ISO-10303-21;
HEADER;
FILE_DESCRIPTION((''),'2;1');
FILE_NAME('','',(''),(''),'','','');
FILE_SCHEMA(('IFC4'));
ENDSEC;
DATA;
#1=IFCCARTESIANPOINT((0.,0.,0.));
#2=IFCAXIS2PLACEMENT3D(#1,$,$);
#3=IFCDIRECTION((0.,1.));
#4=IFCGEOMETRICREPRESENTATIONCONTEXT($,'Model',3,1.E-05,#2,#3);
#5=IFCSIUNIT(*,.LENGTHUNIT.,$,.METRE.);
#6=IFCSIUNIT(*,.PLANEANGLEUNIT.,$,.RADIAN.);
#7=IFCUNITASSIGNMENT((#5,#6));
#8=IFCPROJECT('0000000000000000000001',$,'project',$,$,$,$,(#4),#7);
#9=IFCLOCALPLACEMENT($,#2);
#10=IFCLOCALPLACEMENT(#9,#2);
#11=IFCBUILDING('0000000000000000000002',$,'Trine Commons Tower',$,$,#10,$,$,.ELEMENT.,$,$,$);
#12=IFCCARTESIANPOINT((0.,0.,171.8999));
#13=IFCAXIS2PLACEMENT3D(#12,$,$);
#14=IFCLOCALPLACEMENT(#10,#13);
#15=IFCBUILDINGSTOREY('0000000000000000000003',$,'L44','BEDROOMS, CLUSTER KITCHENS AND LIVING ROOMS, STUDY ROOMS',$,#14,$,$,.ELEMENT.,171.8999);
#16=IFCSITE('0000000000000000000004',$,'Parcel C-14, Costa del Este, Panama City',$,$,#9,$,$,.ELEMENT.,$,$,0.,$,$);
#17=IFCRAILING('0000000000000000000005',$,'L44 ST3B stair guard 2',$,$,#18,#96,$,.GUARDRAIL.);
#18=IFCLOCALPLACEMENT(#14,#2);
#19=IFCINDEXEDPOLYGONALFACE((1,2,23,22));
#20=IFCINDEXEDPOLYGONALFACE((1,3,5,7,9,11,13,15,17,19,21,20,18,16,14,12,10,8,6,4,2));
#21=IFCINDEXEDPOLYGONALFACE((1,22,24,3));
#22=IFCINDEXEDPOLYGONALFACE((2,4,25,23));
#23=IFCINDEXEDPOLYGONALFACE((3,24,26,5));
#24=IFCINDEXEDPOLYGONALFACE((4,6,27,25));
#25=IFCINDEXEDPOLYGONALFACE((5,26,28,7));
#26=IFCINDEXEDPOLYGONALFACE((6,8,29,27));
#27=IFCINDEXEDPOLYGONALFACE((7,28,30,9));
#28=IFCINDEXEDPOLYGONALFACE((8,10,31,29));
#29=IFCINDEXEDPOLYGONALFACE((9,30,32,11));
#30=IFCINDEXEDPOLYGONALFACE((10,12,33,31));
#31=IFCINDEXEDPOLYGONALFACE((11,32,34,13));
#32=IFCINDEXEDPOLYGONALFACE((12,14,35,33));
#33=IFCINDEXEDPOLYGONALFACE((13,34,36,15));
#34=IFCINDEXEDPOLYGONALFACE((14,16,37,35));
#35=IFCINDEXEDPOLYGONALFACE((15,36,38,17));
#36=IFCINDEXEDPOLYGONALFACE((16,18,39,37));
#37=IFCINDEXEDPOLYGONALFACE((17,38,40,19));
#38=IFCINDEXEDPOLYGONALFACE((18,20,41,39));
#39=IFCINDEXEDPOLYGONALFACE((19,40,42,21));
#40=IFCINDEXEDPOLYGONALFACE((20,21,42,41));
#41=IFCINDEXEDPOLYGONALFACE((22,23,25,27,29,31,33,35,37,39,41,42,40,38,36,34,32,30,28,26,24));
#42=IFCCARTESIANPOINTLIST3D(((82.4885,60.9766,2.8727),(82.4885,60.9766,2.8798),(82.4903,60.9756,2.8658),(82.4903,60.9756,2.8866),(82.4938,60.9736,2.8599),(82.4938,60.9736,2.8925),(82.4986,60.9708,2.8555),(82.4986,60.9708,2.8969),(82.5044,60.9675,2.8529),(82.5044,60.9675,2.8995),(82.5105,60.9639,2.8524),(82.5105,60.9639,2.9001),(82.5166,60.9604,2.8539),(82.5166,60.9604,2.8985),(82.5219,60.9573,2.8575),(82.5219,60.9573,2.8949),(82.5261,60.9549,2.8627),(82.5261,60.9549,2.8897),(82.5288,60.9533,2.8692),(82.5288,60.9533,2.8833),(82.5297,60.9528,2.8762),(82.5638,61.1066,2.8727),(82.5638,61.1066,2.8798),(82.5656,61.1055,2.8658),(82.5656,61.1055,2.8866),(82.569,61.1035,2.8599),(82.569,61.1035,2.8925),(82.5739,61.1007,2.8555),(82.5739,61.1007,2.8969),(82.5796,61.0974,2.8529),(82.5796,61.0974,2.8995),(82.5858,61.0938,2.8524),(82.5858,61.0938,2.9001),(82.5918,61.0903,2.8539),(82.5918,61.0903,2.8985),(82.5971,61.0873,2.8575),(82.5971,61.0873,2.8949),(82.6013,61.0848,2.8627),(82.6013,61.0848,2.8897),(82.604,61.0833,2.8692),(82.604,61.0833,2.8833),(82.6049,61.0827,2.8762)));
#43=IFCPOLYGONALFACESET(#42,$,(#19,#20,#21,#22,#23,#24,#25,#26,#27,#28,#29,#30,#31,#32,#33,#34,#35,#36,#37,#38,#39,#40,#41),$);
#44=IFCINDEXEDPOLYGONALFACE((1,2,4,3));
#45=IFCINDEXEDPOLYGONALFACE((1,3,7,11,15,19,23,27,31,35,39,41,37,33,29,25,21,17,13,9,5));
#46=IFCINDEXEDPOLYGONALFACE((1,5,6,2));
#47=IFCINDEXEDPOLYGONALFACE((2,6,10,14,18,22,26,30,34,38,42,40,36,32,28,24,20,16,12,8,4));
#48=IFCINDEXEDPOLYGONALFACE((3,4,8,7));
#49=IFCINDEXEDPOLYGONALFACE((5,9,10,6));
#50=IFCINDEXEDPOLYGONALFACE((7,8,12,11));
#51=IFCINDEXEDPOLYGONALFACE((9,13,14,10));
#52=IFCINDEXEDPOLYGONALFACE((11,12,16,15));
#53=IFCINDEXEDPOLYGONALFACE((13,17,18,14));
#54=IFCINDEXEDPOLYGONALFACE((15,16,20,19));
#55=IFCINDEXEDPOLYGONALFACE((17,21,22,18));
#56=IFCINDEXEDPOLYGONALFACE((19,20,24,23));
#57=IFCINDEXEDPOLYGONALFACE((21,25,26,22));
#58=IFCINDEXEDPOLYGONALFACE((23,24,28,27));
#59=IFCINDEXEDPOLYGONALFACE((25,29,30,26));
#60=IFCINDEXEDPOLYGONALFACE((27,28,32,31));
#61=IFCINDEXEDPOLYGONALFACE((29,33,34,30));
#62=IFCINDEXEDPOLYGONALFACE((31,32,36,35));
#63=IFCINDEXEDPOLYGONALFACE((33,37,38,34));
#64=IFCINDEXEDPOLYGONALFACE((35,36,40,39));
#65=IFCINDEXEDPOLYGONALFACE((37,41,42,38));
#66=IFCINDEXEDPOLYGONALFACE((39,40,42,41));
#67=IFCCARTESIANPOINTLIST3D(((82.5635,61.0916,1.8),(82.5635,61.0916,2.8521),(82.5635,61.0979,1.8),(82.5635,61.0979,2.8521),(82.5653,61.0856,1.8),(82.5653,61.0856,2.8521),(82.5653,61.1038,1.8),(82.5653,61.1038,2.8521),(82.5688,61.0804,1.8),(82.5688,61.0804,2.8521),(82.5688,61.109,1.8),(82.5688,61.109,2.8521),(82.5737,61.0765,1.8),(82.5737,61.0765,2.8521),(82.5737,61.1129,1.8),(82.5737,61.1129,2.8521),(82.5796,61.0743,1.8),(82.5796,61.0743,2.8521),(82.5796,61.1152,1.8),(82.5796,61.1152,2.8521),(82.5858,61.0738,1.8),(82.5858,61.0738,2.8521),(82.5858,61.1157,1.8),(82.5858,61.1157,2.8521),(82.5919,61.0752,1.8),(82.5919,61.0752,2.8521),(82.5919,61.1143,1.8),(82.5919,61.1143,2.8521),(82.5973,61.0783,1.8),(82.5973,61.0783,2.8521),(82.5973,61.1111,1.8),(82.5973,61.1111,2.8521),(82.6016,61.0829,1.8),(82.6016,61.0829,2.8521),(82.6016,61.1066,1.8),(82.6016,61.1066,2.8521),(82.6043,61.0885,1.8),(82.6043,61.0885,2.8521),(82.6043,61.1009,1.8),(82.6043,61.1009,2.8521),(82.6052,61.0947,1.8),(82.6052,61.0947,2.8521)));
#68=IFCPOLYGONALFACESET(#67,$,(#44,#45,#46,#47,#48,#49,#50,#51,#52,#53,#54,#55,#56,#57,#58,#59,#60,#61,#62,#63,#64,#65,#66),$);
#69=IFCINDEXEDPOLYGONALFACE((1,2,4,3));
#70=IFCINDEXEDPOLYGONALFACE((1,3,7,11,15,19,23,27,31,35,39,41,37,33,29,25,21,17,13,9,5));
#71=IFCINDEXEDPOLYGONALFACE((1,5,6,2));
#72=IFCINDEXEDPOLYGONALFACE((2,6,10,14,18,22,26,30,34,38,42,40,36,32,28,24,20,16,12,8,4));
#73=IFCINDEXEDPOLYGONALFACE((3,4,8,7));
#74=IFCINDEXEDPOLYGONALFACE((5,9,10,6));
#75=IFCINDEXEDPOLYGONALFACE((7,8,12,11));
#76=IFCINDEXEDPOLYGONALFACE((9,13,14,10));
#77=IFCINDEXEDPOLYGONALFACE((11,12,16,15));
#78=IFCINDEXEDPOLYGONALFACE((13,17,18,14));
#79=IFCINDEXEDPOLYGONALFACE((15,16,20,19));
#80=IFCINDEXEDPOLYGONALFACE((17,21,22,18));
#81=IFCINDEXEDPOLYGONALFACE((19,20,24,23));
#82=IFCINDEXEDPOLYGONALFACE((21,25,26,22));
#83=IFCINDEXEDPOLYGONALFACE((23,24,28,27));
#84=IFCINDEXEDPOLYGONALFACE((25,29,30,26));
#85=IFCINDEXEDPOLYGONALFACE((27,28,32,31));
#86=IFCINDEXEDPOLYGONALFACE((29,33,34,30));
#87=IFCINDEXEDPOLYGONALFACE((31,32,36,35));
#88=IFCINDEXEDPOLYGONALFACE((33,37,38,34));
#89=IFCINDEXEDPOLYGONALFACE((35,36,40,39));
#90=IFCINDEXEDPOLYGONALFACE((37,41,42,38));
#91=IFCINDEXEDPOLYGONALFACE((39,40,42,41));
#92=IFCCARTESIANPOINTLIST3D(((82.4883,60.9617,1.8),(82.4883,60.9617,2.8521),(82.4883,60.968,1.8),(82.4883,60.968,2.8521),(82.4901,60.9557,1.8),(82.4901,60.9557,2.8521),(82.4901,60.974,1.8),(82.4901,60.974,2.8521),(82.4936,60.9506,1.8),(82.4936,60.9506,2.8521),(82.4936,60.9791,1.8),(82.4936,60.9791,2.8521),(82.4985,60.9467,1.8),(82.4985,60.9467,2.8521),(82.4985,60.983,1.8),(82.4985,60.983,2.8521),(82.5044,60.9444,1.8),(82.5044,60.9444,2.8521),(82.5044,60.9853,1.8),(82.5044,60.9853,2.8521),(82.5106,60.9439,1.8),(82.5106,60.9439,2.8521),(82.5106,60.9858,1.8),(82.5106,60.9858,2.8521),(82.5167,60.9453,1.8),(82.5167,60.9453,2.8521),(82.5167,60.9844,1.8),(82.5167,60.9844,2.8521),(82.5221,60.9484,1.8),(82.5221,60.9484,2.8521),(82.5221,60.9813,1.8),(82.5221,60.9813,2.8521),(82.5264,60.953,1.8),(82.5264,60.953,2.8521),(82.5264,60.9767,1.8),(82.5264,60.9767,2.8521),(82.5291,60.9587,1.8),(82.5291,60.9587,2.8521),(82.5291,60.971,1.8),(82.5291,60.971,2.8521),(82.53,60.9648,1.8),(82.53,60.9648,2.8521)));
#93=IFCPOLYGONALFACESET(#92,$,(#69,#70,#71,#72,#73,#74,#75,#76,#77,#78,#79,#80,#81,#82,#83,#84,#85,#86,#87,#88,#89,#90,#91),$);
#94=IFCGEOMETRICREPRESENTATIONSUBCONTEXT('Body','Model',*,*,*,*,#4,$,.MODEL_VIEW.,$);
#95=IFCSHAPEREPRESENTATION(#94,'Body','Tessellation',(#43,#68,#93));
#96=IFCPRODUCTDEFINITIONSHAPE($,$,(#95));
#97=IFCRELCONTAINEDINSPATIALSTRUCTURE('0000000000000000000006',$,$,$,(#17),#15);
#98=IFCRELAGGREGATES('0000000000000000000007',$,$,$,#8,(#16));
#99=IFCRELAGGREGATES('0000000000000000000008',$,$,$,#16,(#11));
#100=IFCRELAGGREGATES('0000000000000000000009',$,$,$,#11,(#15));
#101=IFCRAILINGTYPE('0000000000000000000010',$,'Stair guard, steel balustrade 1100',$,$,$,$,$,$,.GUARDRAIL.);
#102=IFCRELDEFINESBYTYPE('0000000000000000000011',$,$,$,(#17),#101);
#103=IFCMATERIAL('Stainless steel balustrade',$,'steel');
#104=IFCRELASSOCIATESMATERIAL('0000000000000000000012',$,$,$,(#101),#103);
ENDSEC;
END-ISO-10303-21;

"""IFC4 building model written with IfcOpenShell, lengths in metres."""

from ifc_helpers import new_model, si_unit, direction, frame, origin, origin_2d, place, context, subcontext, project, spatial, circle, extrude, material, type_object, element, save


model = new_model("IFC4")

# Units and contexts
model_context = context("Model", 3, precision=1e-05, world=origin(), true_north=direction((0.0, 1.0)))
body_context = subcontext(model_context, "Body", "Model", "MODEL_VIEW")
ifc_project = project(units=[si_unit("LENGTHUNIT", "METRE"), si_unit("PLANEANGLEUNIT", "RADIAN")], contexts=[model_context])

# Site, building, storey
site_placement = place(None, origin())
site = spatial("IfcSite", under=ifc_project, at=site_placement, Name="Parcel C-14, Costa del Este, Panama City", CompositionType="ELEMENT", RefElevation=0.0)
building_placement = place(site_placement, origin())
building = spatial("IfcBuilding", under=site, at=building_placement, Name="Trine Commons Tower", CompositionType="ELEMENT")
storey_placement = place(building_placement, frame((0.0, 0.0, 171.8999)))
storey = spatial("IfcBuildingStorey", under=building, at=storey_placement, Name="L44", Description="BEDROOMS, CLUSTER KITCHENS AND LIVING ROOMS, STUDY ROOMS", CompositionType="ELEMENT", Elevation=171.8999)

# Railing
ifc_material_1 = material(Name="Stainless steel balustrade", Category="steel")
railing_type_1 = type_object("IfcRailingType", Name="Stair guard, steel balustrade 1100", PredefinedType="GUARDRAIL", material=ifc_material_1)
railing_1_placement = place(storey_placement, frame((82.5842, 61.0947, 1.8)))
element("IfcRailing", 1, at=railing_1_placement, inside=storey, type_object=railing_type_1, Name="L44 ST3B stair guard 2", PredefinedType="GUARDRAIL", context=body_context, shape_type="SweptSolid", body=[
    extrude(circle(Radius=0.0239, at=origin_2d()), frame((0.0, 0.0, 1.0762), z_axis=(-0.501036, -0.865426, 0.0), x_axis=(0.865426, -0.501036, 0.0)), (0.0, 0.0, 1.0), 0.1501),
    extrude(circle(Radius=0.021, at=origin_2d()), origin(), (0.0, 0.0, 1.0), 1.052),
    extrude(circle(Radius=0.021, at=origin_2d()), frame((-0.0752, -0.1299, 0.0)), (0.0, 0.0, 1.0), 1.052),
])

save(model, "model.ifc")
